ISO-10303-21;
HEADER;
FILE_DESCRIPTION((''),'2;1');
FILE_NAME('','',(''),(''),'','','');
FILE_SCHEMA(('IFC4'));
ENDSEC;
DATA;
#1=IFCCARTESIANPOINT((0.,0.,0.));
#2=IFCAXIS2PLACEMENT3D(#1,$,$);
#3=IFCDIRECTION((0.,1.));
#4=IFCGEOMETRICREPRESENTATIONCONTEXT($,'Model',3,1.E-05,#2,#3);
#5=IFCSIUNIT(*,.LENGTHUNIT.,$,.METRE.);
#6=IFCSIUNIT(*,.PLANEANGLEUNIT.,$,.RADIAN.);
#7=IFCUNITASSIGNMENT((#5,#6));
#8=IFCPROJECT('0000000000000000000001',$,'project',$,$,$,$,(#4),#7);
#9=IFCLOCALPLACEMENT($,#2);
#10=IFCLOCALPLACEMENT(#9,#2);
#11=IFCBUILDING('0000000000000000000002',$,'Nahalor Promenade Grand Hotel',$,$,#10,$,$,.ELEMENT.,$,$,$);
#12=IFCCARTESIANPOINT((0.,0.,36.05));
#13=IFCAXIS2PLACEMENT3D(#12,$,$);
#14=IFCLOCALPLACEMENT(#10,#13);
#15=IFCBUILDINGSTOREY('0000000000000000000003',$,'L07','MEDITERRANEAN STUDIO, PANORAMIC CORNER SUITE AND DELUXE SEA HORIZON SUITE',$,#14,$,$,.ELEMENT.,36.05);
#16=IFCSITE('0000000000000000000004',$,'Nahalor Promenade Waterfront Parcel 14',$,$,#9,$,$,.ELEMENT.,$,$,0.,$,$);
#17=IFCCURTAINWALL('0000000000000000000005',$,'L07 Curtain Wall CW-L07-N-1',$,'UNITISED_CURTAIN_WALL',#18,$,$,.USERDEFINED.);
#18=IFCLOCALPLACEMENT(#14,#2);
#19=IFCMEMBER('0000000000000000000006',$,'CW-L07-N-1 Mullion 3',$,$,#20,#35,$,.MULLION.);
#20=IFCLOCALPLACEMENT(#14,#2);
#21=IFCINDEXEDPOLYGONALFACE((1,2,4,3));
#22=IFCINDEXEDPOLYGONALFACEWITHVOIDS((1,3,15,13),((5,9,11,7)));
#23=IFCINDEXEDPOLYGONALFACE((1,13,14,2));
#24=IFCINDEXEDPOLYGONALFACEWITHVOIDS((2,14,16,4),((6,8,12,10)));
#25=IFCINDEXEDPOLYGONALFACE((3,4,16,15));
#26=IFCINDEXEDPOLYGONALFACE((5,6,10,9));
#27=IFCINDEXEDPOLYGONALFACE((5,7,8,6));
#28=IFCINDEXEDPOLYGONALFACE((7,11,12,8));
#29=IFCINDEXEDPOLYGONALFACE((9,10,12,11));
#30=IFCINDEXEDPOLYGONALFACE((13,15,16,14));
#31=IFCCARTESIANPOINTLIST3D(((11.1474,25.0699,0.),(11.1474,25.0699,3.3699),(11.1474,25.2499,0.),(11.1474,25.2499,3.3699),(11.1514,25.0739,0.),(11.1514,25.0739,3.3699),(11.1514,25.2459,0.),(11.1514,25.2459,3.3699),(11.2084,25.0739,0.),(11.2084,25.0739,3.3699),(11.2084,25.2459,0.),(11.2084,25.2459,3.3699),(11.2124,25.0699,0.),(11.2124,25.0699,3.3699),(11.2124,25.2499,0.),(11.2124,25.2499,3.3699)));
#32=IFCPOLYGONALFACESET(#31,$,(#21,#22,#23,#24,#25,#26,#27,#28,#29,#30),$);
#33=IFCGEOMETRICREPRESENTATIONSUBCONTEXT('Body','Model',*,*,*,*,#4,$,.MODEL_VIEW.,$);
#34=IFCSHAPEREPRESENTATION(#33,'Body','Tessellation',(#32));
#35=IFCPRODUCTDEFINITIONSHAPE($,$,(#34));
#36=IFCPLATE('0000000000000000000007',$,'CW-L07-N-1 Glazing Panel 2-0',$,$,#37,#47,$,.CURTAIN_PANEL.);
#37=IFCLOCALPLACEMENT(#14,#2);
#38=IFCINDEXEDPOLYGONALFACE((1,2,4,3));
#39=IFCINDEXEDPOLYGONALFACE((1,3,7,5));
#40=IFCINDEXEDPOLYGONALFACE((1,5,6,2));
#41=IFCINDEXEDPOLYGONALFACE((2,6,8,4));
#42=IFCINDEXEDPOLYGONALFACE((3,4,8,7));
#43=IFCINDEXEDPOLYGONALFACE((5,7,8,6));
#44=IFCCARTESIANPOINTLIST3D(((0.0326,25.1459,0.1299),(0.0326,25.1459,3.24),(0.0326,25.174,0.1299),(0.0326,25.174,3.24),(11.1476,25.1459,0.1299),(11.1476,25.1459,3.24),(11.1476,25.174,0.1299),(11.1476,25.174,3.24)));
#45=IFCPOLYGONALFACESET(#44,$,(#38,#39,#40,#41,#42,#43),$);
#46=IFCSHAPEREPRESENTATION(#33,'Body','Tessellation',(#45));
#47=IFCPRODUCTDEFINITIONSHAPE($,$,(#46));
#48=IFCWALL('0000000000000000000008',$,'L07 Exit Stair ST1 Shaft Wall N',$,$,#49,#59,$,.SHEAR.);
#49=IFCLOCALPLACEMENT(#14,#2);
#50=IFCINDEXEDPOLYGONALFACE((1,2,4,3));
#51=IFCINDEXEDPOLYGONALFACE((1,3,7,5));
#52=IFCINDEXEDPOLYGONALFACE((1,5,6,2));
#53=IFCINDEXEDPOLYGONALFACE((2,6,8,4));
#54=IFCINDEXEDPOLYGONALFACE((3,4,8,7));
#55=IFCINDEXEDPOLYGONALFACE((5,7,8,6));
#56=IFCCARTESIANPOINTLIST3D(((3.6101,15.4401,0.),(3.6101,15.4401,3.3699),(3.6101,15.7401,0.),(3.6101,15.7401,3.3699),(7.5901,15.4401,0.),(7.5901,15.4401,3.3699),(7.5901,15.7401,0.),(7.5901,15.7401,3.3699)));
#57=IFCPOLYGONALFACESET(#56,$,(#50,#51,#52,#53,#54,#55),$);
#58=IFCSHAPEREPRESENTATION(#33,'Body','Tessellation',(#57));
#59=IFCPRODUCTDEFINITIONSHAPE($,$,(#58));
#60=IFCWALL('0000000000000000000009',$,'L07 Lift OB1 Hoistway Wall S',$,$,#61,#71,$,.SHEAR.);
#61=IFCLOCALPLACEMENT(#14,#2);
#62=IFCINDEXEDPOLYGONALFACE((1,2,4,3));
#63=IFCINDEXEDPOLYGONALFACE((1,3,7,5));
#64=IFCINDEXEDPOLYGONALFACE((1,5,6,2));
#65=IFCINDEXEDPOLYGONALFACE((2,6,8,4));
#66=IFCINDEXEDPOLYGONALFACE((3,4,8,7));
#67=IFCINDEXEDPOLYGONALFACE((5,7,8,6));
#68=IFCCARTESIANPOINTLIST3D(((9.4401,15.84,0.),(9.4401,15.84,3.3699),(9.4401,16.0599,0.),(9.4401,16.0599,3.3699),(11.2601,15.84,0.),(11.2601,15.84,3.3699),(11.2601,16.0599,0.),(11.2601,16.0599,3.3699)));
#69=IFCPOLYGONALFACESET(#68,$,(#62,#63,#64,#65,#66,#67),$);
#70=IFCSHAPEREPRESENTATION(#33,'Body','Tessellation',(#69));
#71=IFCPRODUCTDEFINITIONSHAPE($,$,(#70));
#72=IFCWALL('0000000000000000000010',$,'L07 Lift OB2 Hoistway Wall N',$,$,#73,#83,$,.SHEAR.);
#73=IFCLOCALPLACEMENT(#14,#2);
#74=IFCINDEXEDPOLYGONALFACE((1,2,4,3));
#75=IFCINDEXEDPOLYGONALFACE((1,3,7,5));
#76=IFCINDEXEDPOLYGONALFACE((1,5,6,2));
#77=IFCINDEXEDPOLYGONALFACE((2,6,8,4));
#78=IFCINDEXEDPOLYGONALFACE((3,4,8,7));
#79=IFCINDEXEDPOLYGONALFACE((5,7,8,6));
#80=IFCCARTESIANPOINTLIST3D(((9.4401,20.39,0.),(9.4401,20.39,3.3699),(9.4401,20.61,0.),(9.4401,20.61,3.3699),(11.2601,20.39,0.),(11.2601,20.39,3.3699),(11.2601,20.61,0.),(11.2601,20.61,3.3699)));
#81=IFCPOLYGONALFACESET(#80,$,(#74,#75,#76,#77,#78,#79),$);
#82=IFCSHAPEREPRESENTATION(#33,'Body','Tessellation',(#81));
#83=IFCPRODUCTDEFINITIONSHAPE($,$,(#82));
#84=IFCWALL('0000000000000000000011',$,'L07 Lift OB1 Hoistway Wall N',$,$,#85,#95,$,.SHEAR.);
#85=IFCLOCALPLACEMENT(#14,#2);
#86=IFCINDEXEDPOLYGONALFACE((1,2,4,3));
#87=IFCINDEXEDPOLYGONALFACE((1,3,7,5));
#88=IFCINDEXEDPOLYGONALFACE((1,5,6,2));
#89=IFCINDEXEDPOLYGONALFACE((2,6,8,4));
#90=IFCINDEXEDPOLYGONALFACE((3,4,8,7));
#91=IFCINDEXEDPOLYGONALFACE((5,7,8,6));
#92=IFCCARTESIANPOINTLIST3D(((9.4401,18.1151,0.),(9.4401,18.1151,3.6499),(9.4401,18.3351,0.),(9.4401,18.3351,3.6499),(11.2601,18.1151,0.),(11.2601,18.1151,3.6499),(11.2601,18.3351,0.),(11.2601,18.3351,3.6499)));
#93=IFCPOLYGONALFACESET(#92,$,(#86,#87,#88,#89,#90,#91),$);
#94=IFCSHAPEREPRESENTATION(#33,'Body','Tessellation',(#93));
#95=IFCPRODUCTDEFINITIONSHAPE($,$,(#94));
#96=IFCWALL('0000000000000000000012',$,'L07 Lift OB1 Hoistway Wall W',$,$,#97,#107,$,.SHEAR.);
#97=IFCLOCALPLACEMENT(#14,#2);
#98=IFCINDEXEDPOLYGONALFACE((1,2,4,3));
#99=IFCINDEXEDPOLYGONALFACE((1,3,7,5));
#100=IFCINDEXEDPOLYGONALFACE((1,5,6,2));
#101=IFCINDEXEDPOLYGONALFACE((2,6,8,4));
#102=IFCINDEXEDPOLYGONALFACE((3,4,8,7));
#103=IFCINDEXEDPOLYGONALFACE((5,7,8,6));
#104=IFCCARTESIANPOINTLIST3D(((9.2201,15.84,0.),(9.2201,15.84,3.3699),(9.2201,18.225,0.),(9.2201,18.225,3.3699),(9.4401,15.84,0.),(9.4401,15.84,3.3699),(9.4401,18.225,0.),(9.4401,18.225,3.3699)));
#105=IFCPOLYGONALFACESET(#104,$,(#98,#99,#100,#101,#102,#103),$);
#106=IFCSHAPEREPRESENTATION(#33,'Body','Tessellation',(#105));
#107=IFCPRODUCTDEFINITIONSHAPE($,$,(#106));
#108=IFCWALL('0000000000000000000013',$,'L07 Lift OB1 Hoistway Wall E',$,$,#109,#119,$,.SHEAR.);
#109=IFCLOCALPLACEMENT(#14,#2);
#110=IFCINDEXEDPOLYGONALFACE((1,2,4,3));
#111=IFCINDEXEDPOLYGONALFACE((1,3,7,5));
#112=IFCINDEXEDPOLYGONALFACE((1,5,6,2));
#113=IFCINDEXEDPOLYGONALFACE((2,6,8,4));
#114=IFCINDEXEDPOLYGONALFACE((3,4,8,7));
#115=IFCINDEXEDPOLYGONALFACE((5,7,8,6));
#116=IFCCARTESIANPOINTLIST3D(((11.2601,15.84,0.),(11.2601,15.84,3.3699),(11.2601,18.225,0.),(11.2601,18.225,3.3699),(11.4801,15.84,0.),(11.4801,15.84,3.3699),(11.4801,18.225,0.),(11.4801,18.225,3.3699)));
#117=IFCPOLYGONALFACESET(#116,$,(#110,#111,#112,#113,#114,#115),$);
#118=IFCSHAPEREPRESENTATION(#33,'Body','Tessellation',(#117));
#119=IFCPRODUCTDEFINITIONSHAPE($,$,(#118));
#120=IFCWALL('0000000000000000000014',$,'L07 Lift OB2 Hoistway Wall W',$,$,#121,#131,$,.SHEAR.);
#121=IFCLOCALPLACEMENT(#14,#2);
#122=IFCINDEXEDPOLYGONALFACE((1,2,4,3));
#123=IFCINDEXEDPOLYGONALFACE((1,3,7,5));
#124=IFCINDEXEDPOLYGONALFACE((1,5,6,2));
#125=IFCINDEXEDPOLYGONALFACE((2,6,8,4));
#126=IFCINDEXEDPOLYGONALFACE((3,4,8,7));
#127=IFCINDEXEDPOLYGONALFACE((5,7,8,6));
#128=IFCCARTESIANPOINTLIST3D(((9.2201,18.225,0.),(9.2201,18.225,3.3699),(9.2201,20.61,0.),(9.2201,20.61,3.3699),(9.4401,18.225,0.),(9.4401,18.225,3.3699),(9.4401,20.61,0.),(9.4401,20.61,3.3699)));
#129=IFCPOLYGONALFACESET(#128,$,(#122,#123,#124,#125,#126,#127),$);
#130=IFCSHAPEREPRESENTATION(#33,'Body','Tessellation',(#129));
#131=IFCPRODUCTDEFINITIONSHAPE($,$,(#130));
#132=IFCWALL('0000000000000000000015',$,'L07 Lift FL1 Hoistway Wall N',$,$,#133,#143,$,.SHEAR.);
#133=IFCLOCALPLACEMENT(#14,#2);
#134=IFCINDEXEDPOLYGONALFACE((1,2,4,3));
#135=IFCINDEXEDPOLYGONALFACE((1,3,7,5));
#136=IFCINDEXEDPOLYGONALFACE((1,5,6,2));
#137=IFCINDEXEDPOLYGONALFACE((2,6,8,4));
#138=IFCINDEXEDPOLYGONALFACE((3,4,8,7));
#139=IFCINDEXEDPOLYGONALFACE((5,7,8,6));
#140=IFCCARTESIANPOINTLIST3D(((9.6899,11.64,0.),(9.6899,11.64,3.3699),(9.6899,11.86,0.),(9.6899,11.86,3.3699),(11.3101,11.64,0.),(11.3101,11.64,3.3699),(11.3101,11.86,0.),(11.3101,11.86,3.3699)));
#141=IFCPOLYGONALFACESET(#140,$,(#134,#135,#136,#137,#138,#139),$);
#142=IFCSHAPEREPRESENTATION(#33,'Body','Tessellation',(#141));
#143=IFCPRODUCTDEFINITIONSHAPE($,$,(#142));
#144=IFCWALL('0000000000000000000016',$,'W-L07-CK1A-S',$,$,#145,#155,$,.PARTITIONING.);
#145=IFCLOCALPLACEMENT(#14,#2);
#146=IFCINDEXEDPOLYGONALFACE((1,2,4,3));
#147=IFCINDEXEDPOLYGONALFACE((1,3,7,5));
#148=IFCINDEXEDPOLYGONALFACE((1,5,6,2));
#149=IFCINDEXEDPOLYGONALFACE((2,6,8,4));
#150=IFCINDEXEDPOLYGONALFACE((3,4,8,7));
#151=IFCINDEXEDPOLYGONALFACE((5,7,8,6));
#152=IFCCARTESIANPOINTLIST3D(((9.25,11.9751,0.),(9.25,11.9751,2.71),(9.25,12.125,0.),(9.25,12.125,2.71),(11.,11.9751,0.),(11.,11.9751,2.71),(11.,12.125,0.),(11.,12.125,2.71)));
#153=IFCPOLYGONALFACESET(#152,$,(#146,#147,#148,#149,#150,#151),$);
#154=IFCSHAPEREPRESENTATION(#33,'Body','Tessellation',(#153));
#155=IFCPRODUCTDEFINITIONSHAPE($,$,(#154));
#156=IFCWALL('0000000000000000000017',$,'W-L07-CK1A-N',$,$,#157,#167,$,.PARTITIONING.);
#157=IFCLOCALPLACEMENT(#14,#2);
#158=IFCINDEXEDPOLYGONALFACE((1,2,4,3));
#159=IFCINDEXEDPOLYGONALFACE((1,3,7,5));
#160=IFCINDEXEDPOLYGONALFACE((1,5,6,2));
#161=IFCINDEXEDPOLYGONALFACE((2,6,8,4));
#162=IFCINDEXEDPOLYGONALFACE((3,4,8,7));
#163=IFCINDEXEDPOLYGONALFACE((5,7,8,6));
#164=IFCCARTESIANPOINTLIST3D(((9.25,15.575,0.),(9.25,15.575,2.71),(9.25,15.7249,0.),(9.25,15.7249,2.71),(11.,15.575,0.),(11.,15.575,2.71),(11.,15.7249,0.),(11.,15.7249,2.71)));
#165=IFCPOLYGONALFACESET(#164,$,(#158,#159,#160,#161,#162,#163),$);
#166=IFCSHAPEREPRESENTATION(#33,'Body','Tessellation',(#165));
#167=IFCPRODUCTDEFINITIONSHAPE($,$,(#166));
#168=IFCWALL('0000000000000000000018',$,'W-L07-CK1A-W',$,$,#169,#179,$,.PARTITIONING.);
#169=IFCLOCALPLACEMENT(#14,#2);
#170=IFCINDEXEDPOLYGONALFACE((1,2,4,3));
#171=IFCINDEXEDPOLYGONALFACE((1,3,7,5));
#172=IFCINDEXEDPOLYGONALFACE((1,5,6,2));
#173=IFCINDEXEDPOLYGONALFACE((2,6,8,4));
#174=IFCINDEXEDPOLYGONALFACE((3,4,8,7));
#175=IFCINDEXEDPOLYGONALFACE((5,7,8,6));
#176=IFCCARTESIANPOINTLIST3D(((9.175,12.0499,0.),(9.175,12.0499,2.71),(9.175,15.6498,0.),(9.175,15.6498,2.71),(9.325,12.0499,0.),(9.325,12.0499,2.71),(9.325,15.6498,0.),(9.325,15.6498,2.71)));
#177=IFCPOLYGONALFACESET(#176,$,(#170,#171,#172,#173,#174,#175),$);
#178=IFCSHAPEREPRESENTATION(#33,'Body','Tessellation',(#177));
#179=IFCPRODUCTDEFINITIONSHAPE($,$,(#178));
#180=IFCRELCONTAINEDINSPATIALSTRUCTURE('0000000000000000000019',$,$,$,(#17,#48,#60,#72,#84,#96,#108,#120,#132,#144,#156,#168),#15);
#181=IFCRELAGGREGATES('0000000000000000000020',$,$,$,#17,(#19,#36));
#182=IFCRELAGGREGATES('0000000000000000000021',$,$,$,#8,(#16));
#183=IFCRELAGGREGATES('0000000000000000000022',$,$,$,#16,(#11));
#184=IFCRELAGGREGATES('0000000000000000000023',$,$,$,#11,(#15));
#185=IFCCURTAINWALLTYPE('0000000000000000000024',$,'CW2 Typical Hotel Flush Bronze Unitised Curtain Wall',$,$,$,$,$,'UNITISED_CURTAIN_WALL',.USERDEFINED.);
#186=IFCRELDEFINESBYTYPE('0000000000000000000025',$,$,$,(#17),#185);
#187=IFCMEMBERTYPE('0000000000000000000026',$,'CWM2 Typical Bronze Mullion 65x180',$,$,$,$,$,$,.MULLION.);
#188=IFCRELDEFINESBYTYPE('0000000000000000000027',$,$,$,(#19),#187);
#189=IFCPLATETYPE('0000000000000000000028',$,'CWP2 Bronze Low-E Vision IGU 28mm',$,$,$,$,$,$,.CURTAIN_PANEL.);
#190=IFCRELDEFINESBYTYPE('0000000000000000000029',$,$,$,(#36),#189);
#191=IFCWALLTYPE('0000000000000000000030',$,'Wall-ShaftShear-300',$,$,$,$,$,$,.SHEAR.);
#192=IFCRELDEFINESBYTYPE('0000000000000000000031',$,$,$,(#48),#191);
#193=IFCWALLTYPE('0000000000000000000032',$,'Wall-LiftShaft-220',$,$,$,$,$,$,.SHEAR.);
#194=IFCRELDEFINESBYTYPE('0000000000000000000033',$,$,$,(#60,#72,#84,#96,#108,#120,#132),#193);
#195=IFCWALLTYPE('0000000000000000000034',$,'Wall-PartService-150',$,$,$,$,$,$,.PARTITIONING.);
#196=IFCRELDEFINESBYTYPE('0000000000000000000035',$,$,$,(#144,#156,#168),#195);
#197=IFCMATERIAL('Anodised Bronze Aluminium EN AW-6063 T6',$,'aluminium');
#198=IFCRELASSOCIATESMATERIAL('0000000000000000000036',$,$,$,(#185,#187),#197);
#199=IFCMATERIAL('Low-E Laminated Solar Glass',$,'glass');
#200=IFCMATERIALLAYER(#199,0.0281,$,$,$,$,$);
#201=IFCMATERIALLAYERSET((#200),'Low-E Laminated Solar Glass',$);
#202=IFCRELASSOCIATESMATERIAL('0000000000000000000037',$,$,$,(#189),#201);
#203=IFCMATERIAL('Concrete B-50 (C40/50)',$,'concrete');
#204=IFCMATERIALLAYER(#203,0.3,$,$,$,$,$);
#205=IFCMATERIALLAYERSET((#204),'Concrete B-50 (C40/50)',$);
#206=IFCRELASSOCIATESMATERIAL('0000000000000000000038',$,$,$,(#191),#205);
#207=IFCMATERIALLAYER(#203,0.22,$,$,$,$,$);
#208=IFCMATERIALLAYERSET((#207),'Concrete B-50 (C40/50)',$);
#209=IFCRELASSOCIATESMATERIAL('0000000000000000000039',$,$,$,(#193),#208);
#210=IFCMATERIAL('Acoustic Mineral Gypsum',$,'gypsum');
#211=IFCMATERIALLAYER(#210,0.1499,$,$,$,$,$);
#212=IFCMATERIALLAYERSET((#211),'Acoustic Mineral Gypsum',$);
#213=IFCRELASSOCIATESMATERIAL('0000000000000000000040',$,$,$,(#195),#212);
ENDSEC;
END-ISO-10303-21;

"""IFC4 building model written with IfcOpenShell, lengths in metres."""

from ifc_helpers import new_model, si_unit, direction, frame, frame_2d, origin, origin_2d, place, context, subcontext, project, spatial, rectangle, hollow_rectangle, extrude, source, transform, mapped, material, layer, layer_set, material_profile, profile_set, type_object, element, aggregate, save


model = new_model("IFC4")

# Units and contexts
model_context = context("Model", 3, precision=1e-05, world=origin(), true_north=direction((0.0, 1.0)))
body_context = subcontext(model_context, "Body", "Model", "MODEL_VIEW")
ifc_project = project(units=[si_unit("LENGTHUNIT", "METRE"), si_unit("PLANEANGLEUNIT", "RADIAN")], contexts=[model_context])

# Site, building, storey
site_placement = place(None, origin())
site = spatial("IfcSite", under=ifc_project, at=site_placement, Name="Nahalor Promenade Waterfront Parcel 14", CompositionType="ELEMENT", RefElevation=0.0)
building_placement = place(site_placement, origin())
building = spatial("IfcBuilding", under=site, at=building_placement, Name="Nahalor Promenade Grand Hotel", CompositionType="ELEMENT")
storey_placement = place(building_placement, frame((0.0, 0.0, 36.05)))
storey = spatial("IfcBuildingStorey", under=building, at=storey_placement, Name="L07", Description="MEDITERRANEAN STUDIO, PANORAMIC CORNER SUITE AND DELUXE SEA HORIZON SUITE", CompositionType="ELEMENT", Elevation=36.05)

# Curtain wall, member, plate
ifc_material_1 = material(Name="Anodised Bronze Aluminium EN AW-6063 T6", Category="aluminium")
curtain_wall_type = type_object("IfcCurtainWallType", Name="CW2 Typical Hotel Flush Bronze Unitised Curtain Wall", ElementType="UNITISED_CURTAIN_WALL", PredefinedType="USERDEFINED", material=ifc_material_1)
curtain_wall_placement = place(storey_placement, origin())
curtain_wall = element("IfcCurtainWall", 1, at=curtain_wall_placement, inside=storey, type_object=curtain_wall_type, Name="L07 Curtain Wall CW-L07-N-1", ObjectType="UNITISED_CURTAIN_WALL", PredefinedType="USERDEFINED")
ifc_material_profile_1 = material_profile(ifc_material_1, hollow_rectangle(XDim=0.065, YDim=0.18, WallThickness=0.004, at=origin_2d()), Name="CWM 65x180x4")
ifc_profile_set_1 = profile_set([ifc_material_profile_1], Name="Anodised Bronze Aluminium EN AW-6063 T6")
member_type_1 = type_object("IfcMemberType", Name="CWM2 Typical Bronze Mullion 65x180", PredefinedType="MULLION", material=ifc_profile_set_1)
shared_shape_1 = source(origin(), body_context, "Body", "SweptSolid", [
    extrude(hollow_rectangle(XDim=0.065, YDim=0.18, WallThickness=0.004, at=origin_2d()), origin(), (0.0, 0.0, 1.0), 3.3699),
])
member_1_placement = place(storey_placement, frame((11.1799, 25.1599, 0.0), z_axis=(0.0, 0.0, 1.0), x_axis=(1.0, 0.0, 0.0)))
member_1 = element("IfcMember", 2, at=member_1_placement, type_object=member_type_1, Name="CW-L07-N-1 Mullion 3", PredefinedType="MULLION", context=body_context, shape_type="MappedRepresentation", body=[
    mapped(shared_shape_1, transform((0.0, 0.0, 0.0), scale=1.0)),
])
ifc_material_2 = material(Name="Low-E Laminated Solar Glass", Category="glass")
ifc_layer_1 = layer(ifc_material_2, 0.0281)
ifc_layer_set_1 = layer_set([ifc_layer_1], Name="Low-E Laminated Solar Glass")
plate_type = type_object("IfcPlateType", Name="CWP2 Bronze Low-E Vision IGU 28mm", PredefinedType="CURTAIN_PANEL", material=ifc_layer_set_1)
shared_shape_2 = source(origin(), body_context, "Body", "SweptSolid", [
    extrude(rectangle(XDim=11.115, YDim=0.0281, at=origin_2d()), origin(), (0.0, 0.0, 1.0), 3.1101),
])
plate_placement = place(storey_placement, frame((5.5901, 25.1599, 0.1299), z_axis=(0.0, 0.0, 1.0), x_axis=(1.0, 0.0, 0.0)))
plate = element("IfcPlate", 3, at=plate_placement, type_object=plate_type, Name="CW-L07-N-1 Glazing Panel 2-0", PredefinedType="CURTAIN_PANEL", context=body_context, shape_type="MappedRepresentation", body=[
    mapped(shared_shape_2, transform((0.0, 0.0, 0.0), scale=1.0)),
])
aggregate(curtain_wall, [member_1, plate])

# Walls
ifc_material_3 = material(Name="Concrete B-50 (C40/50)", Category="concrete")
ifc_layer_2 = layer(ifc_material_3, 0.3)
ifc_layer_set_2 = layer_set([ifc_layer_2], Name="Concrete B-50 (C40/50)")
wall_type_1 = type_object("IfcWallType", Name="Wall-ShaftShear-300", PredefinedType="SHEAR", material=ifc_layer_set_2)
shared_shape_3 = source(origin(), body_context, "Body", "SweptSolid", [
    extrude(rectangle(XDim=3.98, YDim=0.3, at=frame_2d((1.99, 0.0))), origin(), (0.0, 0.0, 1.0), 3.3699),
])
wall_1_placement = place(storey_placement, frame((3.6101, 15.5901, 0.0), z_axis=(0.0, 0.0, 1.0), x_axis=(1.0, 0.0, 0.0)))
element("IfcWall", 4, at=wall_1_placement, inside=storey, type_object=wall_type_1, Name="L07 Exit Stair ST1 Shaft Wall N", PredefinedType="SHEAR", context=body_context, shape_type="MappedRepresentation", body=[
    mapped(shared_shape_3, transform((0.0, 0.0, 0.0), scale=1.0)),
])
ifc_layer_3 = layer(ifc_material_3, 0.22)
ifc_layer_set_3 = layer_set([ifc_layer_3], Name="Concrete B-50 (C40/50)")
wall_type_2 = type_object("IfcWallType", Name="Wall-LiftShaft-220", PredefinedType="SHEAR", material=ifc_layer_set_3)
shared_shape_4 = source(origin(), body_context, "Body", "SweptSolid", [
    extrude(rectangle(XDim=1.8201, YDim=0.22, at=frame_2d((0.9102, 0.0))), origin(), (0.0, 0.0, 1.0), 3.3699),
])
for number, where, z_axis, x_axis, name in (
    (5, (9.4399, 15.95, 0.0), (0.0, 0.0, 1.0), (1.0, 0.0, 0.0), "L07 Lift OB1 Hoistway Wall S"),
    (6, (9.4399, 20.5, 0.0), (0.0, 0.0, 1.0), (1.0, 0.0, 0.0), "L07 Lift OB2 Hoistway Wall N"),
):
    element("IfcWall", number, at=place(storey_placement, frame(where, z_axis=z_axis, x_axis=x_axis)), inside=storey, type_object=wall_type_2, Name=name, PredefinedType="SHEAR", context=body_context, shape_type="MappedRepresentation", body=[
        mapped(shared_shape_4, transform((0.0, 0.0, 0.0), scale=1.0)),
    ])
shared_shape_5 = source(origin(), body_context, "Body", "SweptSolid", [
    extrude(rectangle(XDim=1.8201, YDim=0.22, at=frame_2d((0.9102, 0.0))), origin(), (0.0, 0.0, 1.0), 3.6499),
])
wall_2_placement = place(storey_placement, frame((9.4399, 18.2251, 0.0), z_axis=(0.0, 0.0, 1.0), x_axis=(1.0, 0.0, 0.0)))
element("IfcWall", 7, at=wall_2_placement, inside=storey, type_object=wall_type_2, Name="L07 Lift OB1 Hoistway Wall N", PredefinedType="SHEAR", context=body_context, shape_type="MappedRepresentation", body=[
    mapped(shared_shape_5, transform((0.0, 0.0, 0.0), scale=1.0)),
])
shared_shape_6 = source(origin(), body_context, "Body", "SweptSolid", [
    extrude(rectangle(XDim=2.385, YDim=0.22, at=frame_2d((1.1924, 0.0))), origin(), (0.0, 0.0, 1.0), 3.3699),
])
for number, where, z_axis, x_axis, name in (
    (8, (9.3301, 15.8401, 0.0), (0.0, 0.0, 1.0), (0.0, 1.0, 0.0), "L07 Lift OB1 Hoistway Wall W"),
    (9, (11.3701, 15.8401, 0.0), (0.0, 0.0, 1.0), (0.0, 1.0, 0.0), "L07 Lift OB1 Hoistway Wall E"),
    (10, (9.3301, 18.2251, 0.0), (0.0, 0.0, 1.0), (0.0, 1.0, 0.0), "L07 Lift OB2 Hoistway Wall W"),
):
    element("IfcWall", number, at=place(storey_placement, frame(where, z_axis=z_axis, x_axis=x_axis)), inside=storey, type_object=wall_type_2, Name=name, PredefinedType="SHEAR", context=body_context, shape_type="MappedRepresentation", body=[
        mapped(shared_shape_6, transform((0.0, 0.0, 0.0), scale=1.0)),
    ])
shared_shape_7 = source(origin(), body_context, "Body", "SweptSolid", [
    extrude(rectangle(XDim=1.6201, YDim=0.22, at=frame_2d((0.8101, 0.0))), origin(), (0.0, 0.0, 1.0), 3.3699),
])
wall_3_placement = place(storey_placement, frame((9.6899, 11.75, 0.0), z_axis=(0.0, 0.0, 1.0), x_axis=(1.0, 0.0, 0.0)))
element("IfcWall", 11, at=wall_3_placement, inside=storey, type_object=wall_type_2, Name="L07 Lift FL1 Hoistway Wall N", PredefinedType="SHEAR", context=body_context, shape_type="MappedRepresentation", body=[
    mapped(shared_shape_7, transform((0.0, 0.0, 0.0), scale=1.0)),
])
ifc_material_4 = material(Name="Acoustic Mineral Gypsum", Category="gypsum")
ifc_layer_4 = layer(ifc_material_4, 0.1499)
ifc_layer_set_4 = layer_set([ifc_layer_4], Name="Acoustic Mineral Gypsum")
wall_type_3 = type_object("IfcWallType", Name="Wall-PartService-150", PredefinedType="PARTITIONING", material=ifc_layer_set_4)
shared_shape_8 = source(origin(), body_context, "Body", "SweptSolid", [
    extrude(rectangle(XDim=1.75, YDim=0.1499, at=frame_2d((0.875, 0.0))), origin(), (0.0, 0.0, 1.0), 2.71),
])
for number, where, z_axis, x_axis, name in (
    (12, (9.25, 12.05, 0.0), (0.0, 0.0, 1.0), (1.0, 0.0, 0.0), "W-L07-CK1A-S"),
    (13, (9.25, 15.6499, 0.0), (0.0, 0.0, 1.0), (1.0, 0.0, 0.0), "W-L07-CK1A-N"),
):
    element("IfcWall", number, at=place(storey_placement, frame(where, z_axis=z_axis, x_axis=x_axis)), inside=storey, type_object=wall_type_3, Name=name, PredefinedType="PARTITIONING", context=body_context, shape_type="MappedRepresentation", body=[
        mapped(shared_shape_8, transform((0.0, 0.0, 0.0), scale=1.0)),
    ])
shared_shape_9 = source(origin(), body_context, "Body", "SweptSolid", [
    extrude(rectangle(XDim=3.5999, YDim=0.1499, at=frame_2d((1.7998, 0.0))), origin(), (0.0, 0.0, 1.0), 2.71),
])
wall_4_placement = place(storey_placement, frame((9.25, 12.05, 0.0), z_axis=(0.0, 0.0, 1.0), x_axis=(0.0, 1.0, 0.0)))
element("IfcWall", 14, at=wall_4_placement, inside=storey, type_object=wall_type_3, Name="W-L07-CK1A-W", PredefinedType="PARTITIONING", context=body_context, shape_type="MappedRepresentation", body=[
    mapped(shared_shape_9, transform((0.0, 0.0, 0.0), scale=1.0)),
])

save(model, "model.ifc")
